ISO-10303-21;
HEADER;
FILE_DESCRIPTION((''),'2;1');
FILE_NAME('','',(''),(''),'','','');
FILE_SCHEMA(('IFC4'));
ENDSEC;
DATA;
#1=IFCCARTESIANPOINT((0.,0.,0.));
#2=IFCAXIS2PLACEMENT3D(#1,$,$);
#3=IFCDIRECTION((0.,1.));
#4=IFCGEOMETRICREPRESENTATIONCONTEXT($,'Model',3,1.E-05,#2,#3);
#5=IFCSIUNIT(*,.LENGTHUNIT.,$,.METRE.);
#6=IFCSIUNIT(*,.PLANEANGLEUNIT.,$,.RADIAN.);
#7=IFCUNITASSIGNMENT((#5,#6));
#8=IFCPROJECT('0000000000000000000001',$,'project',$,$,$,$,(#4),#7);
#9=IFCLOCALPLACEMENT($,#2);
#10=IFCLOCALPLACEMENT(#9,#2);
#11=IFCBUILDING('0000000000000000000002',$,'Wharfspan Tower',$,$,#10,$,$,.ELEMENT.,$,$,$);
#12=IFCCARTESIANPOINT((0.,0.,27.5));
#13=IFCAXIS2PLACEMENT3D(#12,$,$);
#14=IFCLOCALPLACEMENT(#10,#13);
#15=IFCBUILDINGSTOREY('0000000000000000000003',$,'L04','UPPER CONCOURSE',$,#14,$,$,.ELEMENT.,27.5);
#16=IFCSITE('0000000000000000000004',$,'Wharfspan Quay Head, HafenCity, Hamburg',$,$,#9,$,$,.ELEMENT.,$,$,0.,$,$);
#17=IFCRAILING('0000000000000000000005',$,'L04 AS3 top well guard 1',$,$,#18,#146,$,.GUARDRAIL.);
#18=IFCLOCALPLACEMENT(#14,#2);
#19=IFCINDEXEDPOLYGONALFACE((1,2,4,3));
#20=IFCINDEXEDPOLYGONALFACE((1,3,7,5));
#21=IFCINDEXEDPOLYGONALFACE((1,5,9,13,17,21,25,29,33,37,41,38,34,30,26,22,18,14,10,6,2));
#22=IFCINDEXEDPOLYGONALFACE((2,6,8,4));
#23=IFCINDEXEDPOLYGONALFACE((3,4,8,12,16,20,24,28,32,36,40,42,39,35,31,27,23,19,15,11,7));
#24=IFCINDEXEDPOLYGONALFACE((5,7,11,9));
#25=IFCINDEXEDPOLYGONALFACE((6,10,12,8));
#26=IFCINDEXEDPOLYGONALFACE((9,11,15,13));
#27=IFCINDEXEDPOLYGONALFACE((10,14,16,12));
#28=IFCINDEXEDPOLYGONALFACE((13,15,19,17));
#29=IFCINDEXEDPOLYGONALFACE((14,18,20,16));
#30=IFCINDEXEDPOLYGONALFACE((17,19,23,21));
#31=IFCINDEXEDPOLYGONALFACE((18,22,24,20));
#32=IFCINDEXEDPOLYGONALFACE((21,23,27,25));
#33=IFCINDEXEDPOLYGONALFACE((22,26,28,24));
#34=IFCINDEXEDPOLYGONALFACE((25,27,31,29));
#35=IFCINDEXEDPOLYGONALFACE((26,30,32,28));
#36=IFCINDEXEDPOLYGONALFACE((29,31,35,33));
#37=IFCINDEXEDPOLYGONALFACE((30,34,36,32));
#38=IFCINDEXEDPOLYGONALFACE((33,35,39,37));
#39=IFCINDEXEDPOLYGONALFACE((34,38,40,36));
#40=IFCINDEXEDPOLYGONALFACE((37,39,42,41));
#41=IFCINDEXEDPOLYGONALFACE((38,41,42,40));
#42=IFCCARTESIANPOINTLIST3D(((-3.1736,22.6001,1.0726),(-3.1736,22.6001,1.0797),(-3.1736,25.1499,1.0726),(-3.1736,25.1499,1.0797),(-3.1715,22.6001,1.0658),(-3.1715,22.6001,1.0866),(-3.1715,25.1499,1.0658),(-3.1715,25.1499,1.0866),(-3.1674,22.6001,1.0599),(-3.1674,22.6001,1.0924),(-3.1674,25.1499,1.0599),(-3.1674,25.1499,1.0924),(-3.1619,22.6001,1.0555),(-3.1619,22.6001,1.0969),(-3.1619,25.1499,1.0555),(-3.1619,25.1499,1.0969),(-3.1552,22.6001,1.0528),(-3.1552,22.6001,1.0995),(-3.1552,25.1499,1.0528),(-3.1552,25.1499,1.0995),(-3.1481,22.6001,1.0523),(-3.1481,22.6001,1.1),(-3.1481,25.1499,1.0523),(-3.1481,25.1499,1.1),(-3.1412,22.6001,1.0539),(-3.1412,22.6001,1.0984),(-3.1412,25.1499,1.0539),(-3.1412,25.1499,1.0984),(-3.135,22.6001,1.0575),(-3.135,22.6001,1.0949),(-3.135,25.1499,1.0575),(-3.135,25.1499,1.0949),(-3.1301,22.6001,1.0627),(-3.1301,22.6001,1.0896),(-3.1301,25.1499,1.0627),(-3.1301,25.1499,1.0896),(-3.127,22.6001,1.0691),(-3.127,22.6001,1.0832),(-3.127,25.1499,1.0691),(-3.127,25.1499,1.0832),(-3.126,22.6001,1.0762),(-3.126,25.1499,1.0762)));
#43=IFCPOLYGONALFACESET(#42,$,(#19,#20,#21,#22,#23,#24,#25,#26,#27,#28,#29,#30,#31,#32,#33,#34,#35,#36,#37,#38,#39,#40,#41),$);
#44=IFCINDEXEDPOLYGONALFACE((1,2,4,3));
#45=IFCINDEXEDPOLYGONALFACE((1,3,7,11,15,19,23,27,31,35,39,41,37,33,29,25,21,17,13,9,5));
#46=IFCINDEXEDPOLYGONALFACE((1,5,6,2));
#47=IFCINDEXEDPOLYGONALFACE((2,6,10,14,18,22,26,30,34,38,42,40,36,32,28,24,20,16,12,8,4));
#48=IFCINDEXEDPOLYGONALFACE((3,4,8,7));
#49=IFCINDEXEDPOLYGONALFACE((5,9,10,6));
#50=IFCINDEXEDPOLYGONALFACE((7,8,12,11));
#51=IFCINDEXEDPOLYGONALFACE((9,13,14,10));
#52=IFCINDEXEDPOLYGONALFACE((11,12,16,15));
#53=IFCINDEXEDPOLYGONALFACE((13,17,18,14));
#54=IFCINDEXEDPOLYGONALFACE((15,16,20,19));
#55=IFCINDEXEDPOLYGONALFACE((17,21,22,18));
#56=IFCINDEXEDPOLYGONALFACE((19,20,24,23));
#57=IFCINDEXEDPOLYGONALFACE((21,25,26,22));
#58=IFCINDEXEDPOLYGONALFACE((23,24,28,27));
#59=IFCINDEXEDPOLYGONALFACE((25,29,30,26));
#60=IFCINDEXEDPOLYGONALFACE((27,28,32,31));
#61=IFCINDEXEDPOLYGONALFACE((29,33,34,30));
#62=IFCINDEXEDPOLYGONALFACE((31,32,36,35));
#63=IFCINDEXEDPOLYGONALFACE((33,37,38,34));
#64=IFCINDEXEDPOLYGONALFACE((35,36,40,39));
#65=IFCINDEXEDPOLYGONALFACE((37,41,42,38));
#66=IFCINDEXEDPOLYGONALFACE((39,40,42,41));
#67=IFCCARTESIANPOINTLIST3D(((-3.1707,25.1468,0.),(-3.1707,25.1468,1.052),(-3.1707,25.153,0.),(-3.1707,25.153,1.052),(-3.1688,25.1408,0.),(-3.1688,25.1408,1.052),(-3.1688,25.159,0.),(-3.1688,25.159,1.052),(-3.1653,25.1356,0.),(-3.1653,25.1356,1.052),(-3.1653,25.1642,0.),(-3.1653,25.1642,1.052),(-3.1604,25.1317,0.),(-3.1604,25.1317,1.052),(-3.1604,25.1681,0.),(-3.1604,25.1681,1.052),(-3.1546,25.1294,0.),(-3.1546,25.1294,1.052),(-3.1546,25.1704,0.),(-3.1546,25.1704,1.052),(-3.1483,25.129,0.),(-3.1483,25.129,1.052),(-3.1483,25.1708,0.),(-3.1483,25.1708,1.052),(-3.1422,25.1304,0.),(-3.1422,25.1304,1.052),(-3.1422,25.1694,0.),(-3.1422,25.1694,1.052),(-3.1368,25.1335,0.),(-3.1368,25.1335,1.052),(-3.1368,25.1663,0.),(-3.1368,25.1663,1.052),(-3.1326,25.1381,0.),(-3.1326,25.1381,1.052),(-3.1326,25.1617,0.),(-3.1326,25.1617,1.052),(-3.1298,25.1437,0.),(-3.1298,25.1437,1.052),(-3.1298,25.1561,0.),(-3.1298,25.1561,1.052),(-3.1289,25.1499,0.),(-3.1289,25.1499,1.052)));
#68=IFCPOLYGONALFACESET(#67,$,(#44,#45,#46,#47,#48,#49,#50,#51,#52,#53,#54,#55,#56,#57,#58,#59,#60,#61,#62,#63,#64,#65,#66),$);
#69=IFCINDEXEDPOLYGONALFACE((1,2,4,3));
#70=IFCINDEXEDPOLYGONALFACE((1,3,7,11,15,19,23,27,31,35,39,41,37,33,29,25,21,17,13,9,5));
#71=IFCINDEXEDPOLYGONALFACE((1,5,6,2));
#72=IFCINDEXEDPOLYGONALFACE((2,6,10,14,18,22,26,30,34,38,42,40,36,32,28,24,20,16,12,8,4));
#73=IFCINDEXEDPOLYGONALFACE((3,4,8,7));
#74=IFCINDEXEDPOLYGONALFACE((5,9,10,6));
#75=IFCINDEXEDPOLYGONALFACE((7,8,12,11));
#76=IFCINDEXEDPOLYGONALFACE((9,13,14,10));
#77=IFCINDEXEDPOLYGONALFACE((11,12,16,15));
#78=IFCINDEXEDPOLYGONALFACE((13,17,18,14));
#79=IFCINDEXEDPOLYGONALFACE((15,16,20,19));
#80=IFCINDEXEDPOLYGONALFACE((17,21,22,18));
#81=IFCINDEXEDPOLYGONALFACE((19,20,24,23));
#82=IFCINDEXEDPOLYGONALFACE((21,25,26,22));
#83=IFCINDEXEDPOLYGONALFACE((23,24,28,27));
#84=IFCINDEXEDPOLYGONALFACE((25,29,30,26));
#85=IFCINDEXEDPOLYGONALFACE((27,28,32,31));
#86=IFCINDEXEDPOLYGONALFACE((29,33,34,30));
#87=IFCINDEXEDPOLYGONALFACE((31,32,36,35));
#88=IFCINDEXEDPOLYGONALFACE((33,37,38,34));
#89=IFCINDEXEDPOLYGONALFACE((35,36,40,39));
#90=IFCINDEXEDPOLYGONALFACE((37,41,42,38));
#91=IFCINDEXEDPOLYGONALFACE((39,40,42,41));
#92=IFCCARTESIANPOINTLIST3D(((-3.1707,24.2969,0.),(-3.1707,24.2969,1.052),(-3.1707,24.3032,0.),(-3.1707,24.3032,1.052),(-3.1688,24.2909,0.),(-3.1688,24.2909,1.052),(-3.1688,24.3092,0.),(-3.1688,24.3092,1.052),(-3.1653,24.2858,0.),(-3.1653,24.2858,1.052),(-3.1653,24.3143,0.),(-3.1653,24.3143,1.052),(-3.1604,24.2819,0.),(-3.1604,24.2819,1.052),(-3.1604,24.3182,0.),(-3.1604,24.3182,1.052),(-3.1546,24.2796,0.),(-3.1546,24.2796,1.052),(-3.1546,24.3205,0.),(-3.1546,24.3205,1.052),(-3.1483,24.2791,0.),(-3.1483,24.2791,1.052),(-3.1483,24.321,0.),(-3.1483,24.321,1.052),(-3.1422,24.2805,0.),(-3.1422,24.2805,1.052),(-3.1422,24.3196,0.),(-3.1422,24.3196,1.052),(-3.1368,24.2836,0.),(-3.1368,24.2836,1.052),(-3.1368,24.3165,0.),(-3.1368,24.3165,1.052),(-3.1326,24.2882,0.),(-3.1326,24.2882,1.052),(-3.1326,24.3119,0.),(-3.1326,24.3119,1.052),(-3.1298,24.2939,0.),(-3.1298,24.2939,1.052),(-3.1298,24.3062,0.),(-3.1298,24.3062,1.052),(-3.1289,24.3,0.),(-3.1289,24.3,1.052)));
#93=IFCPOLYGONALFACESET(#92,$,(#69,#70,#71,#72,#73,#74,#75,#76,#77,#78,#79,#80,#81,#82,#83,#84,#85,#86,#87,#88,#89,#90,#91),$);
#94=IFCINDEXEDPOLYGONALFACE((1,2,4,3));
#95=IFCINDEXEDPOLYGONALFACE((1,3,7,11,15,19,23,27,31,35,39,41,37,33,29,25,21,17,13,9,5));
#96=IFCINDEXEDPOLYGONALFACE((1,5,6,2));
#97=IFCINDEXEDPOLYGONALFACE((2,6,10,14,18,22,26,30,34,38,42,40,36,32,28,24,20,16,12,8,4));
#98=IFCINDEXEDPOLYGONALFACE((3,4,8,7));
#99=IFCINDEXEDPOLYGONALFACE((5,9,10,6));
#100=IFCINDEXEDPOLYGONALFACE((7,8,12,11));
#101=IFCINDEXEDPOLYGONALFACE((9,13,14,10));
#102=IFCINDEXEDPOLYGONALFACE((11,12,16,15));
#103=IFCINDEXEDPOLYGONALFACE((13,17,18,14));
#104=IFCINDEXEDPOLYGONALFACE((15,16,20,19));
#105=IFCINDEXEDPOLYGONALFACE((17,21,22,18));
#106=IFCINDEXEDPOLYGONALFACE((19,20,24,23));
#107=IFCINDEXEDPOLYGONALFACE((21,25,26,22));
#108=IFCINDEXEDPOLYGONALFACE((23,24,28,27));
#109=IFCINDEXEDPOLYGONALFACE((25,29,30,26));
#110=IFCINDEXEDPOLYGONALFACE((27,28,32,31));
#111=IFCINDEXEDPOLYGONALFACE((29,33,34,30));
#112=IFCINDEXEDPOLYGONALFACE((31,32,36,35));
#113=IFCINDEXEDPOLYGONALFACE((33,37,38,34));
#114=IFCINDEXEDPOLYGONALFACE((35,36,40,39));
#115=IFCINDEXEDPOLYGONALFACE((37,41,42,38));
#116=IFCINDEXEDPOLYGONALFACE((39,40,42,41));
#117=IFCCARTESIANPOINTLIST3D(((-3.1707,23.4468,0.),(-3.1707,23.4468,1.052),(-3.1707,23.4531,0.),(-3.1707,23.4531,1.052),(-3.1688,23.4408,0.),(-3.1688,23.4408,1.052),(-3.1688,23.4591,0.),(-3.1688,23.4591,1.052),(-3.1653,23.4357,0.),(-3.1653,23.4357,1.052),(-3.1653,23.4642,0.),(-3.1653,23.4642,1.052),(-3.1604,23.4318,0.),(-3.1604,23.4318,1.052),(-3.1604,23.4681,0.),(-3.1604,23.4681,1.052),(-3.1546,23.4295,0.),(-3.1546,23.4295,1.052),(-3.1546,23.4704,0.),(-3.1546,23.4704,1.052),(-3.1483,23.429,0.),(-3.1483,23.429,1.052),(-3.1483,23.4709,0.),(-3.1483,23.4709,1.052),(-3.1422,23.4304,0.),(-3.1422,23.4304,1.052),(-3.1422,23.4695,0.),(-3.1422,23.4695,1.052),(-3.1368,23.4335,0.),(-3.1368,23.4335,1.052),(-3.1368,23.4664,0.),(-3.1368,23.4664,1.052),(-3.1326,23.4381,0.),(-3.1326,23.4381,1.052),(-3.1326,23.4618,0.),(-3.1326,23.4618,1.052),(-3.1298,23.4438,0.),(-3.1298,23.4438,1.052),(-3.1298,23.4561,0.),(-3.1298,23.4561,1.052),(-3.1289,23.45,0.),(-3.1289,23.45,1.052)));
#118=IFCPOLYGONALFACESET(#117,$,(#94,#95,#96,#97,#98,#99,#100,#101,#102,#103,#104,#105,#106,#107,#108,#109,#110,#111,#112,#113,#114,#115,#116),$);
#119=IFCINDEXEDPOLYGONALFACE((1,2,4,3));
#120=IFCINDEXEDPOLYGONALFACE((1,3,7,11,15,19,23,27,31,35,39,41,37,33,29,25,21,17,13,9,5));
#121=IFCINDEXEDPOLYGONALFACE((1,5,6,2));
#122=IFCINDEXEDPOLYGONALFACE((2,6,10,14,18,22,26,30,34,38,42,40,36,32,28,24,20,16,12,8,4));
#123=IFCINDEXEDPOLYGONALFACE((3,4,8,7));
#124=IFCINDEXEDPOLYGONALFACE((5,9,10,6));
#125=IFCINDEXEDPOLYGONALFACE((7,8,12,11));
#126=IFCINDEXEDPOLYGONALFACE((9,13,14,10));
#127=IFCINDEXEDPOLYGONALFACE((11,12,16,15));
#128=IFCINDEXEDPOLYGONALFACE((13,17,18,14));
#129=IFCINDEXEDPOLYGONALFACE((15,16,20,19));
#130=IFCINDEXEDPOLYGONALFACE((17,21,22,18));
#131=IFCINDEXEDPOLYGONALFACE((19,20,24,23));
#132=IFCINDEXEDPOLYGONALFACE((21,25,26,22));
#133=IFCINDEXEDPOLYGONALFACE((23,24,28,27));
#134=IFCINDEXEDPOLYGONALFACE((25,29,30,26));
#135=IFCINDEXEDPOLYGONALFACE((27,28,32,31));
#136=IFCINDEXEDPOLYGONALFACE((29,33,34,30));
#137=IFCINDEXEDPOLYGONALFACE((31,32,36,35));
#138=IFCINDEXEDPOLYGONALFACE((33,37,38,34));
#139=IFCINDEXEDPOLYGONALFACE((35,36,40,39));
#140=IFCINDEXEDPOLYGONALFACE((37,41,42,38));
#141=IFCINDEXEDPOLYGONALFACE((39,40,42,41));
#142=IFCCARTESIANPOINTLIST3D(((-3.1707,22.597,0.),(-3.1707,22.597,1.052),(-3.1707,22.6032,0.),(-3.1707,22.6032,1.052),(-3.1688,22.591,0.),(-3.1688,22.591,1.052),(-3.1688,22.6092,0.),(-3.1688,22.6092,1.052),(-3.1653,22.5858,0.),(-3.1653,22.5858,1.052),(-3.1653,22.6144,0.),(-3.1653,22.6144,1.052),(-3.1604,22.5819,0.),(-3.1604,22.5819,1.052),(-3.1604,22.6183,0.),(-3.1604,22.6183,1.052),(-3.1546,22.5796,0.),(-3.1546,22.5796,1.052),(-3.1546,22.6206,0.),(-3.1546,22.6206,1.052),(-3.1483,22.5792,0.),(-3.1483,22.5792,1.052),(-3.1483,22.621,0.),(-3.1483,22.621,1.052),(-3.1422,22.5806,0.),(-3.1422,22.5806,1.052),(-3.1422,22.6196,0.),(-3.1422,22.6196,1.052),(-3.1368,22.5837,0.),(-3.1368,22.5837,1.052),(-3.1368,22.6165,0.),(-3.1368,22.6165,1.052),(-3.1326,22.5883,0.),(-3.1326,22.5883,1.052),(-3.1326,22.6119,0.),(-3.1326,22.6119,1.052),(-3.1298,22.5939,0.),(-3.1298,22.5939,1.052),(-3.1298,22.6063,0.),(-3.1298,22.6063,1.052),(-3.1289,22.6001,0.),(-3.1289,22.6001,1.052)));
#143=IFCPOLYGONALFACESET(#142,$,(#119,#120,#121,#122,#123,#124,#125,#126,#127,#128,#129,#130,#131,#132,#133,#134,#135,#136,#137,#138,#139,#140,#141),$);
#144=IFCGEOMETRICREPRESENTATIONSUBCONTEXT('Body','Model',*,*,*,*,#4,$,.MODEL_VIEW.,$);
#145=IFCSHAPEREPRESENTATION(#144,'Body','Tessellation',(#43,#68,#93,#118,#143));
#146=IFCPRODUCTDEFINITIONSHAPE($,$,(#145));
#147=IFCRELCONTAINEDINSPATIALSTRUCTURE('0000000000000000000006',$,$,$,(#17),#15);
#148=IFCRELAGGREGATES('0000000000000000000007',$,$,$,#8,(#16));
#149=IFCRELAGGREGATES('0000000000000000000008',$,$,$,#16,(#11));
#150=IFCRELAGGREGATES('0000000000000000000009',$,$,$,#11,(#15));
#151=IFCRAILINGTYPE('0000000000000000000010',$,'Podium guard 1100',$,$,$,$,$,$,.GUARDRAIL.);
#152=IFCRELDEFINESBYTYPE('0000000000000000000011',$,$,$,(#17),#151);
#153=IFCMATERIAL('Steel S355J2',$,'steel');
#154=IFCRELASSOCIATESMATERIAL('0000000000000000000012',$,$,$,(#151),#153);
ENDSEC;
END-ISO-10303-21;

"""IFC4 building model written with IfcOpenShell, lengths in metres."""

from ifc_helpers import new_model, si_unit, direction, frame, origin, origin_2d, place, context, subcontext, project, spatial, circle, extrude, material, type_object, element, save


model = new_model("IFC4")

# Units and contexts
model_context = context("Model", 3, precision=1e-05, world=origin(), true_north=direction((0.0, 1.0)))
body_context = subcontext(model_context, "Body", "Model", "MODEL_VIEW")
ifc_project = project(units=[si_unit("LENGTHUNIT", "METRE"), si_unit("PLANEANGLEUNIT", "RADIAN")], contexts=[model_context])

# Site, building, storey
site_placement = place(None, origin())
site = spatial("IfcSite", under=ifc_project, at=site_placement, Name="Wharfspan Quay Head, HafenCity, Hamburg", CompositionType="ELEMENT", RefElevation=0.0)
building_placement = place(site_placement, origin())
building = spatial("IfcBuilding", under=site, at=building_placement, Name="Wharfspan Tower", CompositionType="ELEMENT")
storey_placement = place(building_placement, frame((0.0, 0.0, 27.5)))
storey = spatial("IfcBuildingStorey", under=building, at=storey_placement, Name="L04", Description="UPPER CONCOURSE", CompositionType="ELEMENT", Elevation=27.5)

# Railing
ifc_material_1 = material(Name="Steel S355J2", Category="steel")
railing_type = type_object("IfcRailingType", Name="Podium guard 1100", PredefinedType="GUARDRAIL", material=ifc_material_1)
railing_placement = place(storey_placement, frame((-3.1499, 25.1499, 0.0)))
element("IfcRailing", 1, at=railing_placement, inside=storey, type_object=railing_type, Name="L04 AS3 top well guard 1", PredefinedType="GUARDRAIL", context=body_context, shape_type="SweptSolid", body=[
    extrude(circle(Radius=0.0239, at=origin_2d()), frame((0.0, 0.0, 1.0762), z_axis=(0.0, -1.0, 0.0), x_axis=(1.0, 0.0, 0.0)), (0.0, 0.0, 1.0), 2.5498),
    extrude(circle(Radius=0.021, at=origin_2d()), origin(), (0.0, 0.0, 1.0), 1.052),
    extrude(circle(Radius=0.021, at=origin_2d()), frame((0.0, -0.8499, 0.0)), (0.0, 0.0, 1.0), 1.052),
    extrude(circle(Radius=0.021, at=origin_2d()), frame((0.0, -1.7, 0.0)), (0.0, 0.0, 1.0), 1.052),
    extrude(circle(Radius=0.021, at=origin_2d()), frame((0.0, -2.5498, 0.0)), (0.0, 0.0, 1.0), 1.052),
])

save(model, "model.ifc")
